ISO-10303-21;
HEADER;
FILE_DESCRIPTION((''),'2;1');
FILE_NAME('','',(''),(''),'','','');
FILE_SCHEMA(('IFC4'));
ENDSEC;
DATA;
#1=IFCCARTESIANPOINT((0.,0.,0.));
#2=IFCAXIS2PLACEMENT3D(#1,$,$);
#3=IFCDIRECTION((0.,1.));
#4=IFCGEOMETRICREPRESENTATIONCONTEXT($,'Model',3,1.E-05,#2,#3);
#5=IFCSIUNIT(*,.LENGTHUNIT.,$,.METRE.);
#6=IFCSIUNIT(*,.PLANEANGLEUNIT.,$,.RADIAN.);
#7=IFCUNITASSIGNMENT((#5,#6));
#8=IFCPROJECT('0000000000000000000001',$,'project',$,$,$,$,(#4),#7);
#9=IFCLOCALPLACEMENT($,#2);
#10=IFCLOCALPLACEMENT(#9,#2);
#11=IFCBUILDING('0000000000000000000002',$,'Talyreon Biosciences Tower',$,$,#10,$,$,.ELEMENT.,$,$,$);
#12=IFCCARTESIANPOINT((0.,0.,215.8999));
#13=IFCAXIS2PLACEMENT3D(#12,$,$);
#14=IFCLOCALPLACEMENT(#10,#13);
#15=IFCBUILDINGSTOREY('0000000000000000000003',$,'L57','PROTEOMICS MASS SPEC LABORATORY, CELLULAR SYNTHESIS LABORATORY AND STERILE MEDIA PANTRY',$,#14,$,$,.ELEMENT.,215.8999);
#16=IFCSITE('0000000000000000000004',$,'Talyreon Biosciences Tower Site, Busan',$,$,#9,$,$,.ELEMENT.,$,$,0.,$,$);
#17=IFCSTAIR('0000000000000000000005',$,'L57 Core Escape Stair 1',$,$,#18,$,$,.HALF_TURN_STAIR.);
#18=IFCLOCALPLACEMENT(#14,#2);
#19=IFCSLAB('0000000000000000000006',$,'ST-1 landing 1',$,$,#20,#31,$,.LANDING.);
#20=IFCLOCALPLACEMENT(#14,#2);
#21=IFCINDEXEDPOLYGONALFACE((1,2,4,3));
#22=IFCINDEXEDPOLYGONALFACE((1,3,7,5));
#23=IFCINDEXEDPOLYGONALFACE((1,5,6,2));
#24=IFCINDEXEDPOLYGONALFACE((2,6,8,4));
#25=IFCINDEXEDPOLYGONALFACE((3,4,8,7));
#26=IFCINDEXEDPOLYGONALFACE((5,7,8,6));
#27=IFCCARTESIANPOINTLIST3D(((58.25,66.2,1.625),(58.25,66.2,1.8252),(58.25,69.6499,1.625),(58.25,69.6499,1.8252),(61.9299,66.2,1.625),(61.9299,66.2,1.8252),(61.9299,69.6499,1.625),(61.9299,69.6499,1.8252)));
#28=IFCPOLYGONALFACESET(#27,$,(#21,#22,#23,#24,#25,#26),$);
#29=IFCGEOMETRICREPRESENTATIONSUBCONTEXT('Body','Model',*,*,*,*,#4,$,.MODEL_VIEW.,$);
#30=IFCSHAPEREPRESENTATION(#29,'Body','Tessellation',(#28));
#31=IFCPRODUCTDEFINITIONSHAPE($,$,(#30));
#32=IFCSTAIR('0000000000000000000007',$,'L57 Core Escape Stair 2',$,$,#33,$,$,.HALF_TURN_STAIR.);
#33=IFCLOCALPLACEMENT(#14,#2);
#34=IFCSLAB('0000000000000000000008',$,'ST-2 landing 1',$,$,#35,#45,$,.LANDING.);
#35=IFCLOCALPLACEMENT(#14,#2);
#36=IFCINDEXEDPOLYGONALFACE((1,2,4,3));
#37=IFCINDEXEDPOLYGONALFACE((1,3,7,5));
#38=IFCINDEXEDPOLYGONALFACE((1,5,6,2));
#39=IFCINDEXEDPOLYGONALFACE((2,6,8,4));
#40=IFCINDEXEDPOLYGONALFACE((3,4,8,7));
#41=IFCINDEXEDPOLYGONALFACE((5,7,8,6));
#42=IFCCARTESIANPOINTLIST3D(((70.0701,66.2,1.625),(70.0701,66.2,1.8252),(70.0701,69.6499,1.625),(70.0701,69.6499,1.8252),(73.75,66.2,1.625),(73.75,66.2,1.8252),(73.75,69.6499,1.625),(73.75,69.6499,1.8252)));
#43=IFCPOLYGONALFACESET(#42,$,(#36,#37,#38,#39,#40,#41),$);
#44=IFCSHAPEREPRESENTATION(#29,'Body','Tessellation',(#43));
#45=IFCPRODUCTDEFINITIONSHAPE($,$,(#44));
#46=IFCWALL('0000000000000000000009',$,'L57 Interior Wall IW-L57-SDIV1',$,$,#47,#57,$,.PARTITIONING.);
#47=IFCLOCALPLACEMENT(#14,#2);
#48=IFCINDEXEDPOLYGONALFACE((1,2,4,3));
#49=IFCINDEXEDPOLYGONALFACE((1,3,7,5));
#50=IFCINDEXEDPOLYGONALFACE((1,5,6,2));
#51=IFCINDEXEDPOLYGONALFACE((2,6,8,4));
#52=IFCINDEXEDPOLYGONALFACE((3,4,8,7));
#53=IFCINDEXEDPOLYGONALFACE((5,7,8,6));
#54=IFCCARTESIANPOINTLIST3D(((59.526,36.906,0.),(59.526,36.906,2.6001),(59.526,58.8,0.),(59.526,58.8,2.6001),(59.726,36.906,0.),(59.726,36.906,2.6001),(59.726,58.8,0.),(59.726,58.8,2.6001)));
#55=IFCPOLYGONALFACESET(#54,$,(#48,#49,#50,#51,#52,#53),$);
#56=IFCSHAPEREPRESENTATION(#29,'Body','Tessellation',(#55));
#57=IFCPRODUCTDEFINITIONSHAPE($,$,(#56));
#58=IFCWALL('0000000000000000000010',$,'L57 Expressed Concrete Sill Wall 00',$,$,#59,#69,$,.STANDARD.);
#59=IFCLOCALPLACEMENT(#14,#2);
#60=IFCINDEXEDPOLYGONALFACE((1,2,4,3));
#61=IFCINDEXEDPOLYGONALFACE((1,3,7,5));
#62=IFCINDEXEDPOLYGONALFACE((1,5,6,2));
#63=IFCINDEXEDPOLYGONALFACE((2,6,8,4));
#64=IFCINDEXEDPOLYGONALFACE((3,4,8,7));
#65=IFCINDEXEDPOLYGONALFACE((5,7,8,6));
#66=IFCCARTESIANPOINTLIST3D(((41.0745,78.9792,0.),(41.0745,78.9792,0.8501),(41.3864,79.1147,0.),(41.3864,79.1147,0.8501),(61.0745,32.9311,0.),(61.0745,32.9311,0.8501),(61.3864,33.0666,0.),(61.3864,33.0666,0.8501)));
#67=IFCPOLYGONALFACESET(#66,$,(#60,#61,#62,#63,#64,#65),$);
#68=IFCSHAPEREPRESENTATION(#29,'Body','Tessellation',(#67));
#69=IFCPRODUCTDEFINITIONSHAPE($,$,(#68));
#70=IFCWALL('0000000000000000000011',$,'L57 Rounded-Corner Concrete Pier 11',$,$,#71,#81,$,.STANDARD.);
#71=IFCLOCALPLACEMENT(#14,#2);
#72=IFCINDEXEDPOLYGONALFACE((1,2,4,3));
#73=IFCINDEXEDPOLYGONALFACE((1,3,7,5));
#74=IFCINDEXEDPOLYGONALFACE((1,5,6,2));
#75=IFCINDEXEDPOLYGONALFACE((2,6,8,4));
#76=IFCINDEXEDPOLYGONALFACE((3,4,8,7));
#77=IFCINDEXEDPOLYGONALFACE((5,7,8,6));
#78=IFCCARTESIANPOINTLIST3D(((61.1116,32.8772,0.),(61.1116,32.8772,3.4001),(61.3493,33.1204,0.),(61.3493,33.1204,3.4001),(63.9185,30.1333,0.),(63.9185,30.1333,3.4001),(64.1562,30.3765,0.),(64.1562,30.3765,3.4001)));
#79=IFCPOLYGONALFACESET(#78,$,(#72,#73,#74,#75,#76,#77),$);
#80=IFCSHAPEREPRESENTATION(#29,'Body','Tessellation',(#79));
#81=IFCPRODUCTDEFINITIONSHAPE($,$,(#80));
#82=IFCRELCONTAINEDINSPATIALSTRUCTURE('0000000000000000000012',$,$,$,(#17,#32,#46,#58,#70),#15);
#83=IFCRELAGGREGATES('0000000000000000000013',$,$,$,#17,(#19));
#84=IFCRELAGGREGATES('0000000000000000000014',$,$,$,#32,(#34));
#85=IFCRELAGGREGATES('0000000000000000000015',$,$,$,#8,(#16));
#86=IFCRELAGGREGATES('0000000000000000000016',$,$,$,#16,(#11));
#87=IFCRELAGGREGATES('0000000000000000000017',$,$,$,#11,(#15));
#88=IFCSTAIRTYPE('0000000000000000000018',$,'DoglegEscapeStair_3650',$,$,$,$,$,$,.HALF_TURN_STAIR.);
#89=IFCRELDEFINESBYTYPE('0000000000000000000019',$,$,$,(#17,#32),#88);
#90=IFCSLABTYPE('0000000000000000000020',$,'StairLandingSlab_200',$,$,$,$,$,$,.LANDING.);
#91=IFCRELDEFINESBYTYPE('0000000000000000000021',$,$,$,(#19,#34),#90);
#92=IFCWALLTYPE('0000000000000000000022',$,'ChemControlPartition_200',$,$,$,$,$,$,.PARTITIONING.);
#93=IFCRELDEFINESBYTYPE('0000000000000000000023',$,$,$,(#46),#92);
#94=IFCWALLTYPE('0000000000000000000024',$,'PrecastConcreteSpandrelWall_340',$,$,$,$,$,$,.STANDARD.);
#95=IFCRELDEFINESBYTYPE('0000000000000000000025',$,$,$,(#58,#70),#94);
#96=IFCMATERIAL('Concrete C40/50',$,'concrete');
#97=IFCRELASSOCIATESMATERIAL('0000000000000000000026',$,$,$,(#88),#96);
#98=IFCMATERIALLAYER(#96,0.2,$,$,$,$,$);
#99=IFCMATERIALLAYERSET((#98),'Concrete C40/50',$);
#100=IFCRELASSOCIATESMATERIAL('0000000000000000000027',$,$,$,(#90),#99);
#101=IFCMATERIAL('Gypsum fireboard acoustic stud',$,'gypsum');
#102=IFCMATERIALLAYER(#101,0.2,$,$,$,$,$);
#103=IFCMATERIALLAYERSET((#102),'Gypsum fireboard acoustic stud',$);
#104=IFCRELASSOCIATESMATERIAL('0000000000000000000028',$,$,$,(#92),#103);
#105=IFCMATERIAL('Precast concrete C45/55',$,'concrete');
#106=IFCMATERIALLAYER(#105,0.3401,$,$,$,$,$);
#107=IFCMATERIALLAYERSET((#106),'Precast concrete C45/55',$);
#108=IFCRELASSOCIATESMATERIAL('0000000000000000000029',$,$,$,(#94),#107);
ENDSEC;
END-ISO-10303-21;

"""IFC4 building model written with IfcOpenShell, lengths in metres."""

from ifc_helpers import new_model, si_unit, direction, frame, frame_2d, origin, place, context, subcontext, project, spatial, polyline, rectangle, outline, extrude, material, layer, layer_set, type_object, element, aggregate, save


model = new_model("IFC4")

# Units and contexts
model_context = context("Model", 3, precision=1e-05, world=origin(), true_north=direction((0.0, 1.0)))
body_context = subcontext(model_context, "Body", "Model", "MODEL_VIEW")
ifc_project = project(units=[si_unit("LENGTHUNIT", "METRE"), si_unit("PLANEANGLEUNIT", "RADIAN")], contexts=[model_context])

# Site, building, storey
site_placement = place(None, origin())
site = spatial("IfcSite", under=ifc_project, at=site_placement, Name="Talyreon Biosciences Tower Site, Busan", CompositionType="ELEMENT", RefElevation=0.0)
building_placement = place(site_placement, origin())
building = spatial("IfcBuilding", under=site, at=building_placement, Name="Talyreon Biosciences Tower", CompositionType="ELEMENT")
storey_placement = place(building_placement, frame((0.0, 0.0, 215.8999)))
storey = spatial("IfcBuildingStorey", under=building, at=storey_placement, Name="L57", Description="PROTEOMICS MASS SPEC LABORATORY, CELLULAR SYNTHESIS LABORATORY AND STERILE MEDIA PANTRY", CompositionType="ELEMENT", Elevation=215.8999)

# Shared definitions
ifc_material_1 = material(Name="Precast concrete C45/55", Category="concrete")

# Shared definitions
ifc_material_2 = material(Name="Concrete C40/50", Category="concrete")

# Stairs, slabs
stair_type = type_object("IfcStairType", Name="DoglegEscapeStair_3650", PredefinedType="HALF_TURN_STAIR", material=ifc_material_2)
stair_1_placement = place(storey_placement, origin())
stair_1 = element("IfcStair", 1, at=stair_1_placement, inside=storey, type_object=stair_type, Name="L57 Core Escape Stair 1", PredefinedType="HALF_TURN_STAIR")
ifc_layer_1 = layer(ifc_material_2, 0.2)
ifc_layer_set_1 = layer_set([ifc_layer_1], Name="Concrete C40/50")
slab_type_1 = type_object("IfcSlabType", Name="StairLandingSlab_200", PredefinedType="LANDING", material=ifc_layer_set_1)
slab_1_placement = place(storey_placement, frame((0.0, 0.0, 1.625)))
slab_1 = element("IfcSlab", 2, at=slab_1_placement, type_object=slab_type_1, Name="ST-1 landing 1", PredefinedType="LANDING", context=body_context, shape_type="SweptSolid", body=[
    extrude(outline(polyline([(61.9299, 66.2), (61.9299, 69.6499), (58.25, 69.6499), (58.25, 66.2), (61.9299, 66.2)])), origin(), (0.0, 0.0, 1.0), 0.2002),
])
aggregate(stair_1, [slab_1])
stair_2_placement = place(storey_placement, origin())
stair_2 = element("IfcStair", 3, at=stair_2_placement, inside=storey, type_object=stair_type, Name="L57 Core Escape Stair 2", PredefinedType="HALF_TURN_STAIR")
slab_2_placement = place(storey_placement, frame((0.0, 0.0, 1.625)))
slab_2 = element("IfcSlab", 4, at=slab_2_placement, type_object=slab_type_1, Name="ST-2 landing 1", PredefinedType="LANDING", context=body_context, shape_type="SweptSolid", body=[
    extrude(outline(polyline([(73.75, 66.2), (73.75, 69.6499), (70.0701, 69.6499), (70.0701, 66.2), (73.75, 66.2)])), origin(), (0.0, 0.0, 1.0), 0.2002),
])
aggregate(stair_2, [slab_2])

# Walls
ifc_material_3 = material(Name="Gypsum fireboard acoustic stud", Category="gypsum")
ifc_layer_2 = layer(ifc_material_3, 0.2)
ifc_layer_set_2 = layer_set([ifc_layer_2], Name="Gypsum fireboard acoustic stud")
wall_type_1 = type_object("IfcWallType", Name="ChemControlPartition_200", PredefinedType="PARTITIONING", material=ifc_layer_set_2)
wall_1_placement = place(storey_placement, frame((59.626, 36.906, 0.0), z_axis=(0.0, 0.0, 1.0), x_axis=(0.0, 1.0, 0.0)))
element("IfcWall", 5, at=wall_1_placement, inside=storey, type_object=wall_type_1, Name="L57 Interior Wall IW-L57-SDIV1", PredefinedType="PARTITIONING", context=body_context, shape_type="SweptSolid", body=[
    extrude(rectangle(XDim=21.894, YDim=0.2, at=frame_2d((10.947, 0.0))), origin(), (0.0, 0.0, 1.0), 2.6001),
])
ifc_layer_3 = layer(ifc_material_1, 0.3401)
ifc_layer_set_3 = layer_set([ifc_layer_3], Name="Precast concrete C45/55")
wall_type_2 = type_object("IfcWallType", Name="PrecastConcreteSpandrelWall_340", PredefinedType="STANDARD", material=ifc_layer_set_3)
wall_2_placement = place(storey_placement, frame((61.2305, 32.9988, 0.0), z_axis=(0.0, 0.0, 1.0), x_axis=(-0.398376, 0.917222, 0.0)))
element("IfcWall", 6, at=wall_2_placement, inside=storey, type_object=wall_type_2, Name="L57 Expressed Concrete Sill Wall 00", PredefinedType="STANDARD", context=body_context, shape_type="SweptSolid", body=[
    extrude(rectangle(XDim=50.2039, YDim=0.3401, at=frame_2d((25.1021, 0.0))), origin(), (0.0, 0.0, 1.0), 0.8501),
])
wall_3_placement = place(storey_placement, frame((64.0374, 30.2549, 0.0), z_axis=(0.0, 0.0, 1.0), x_axis=(-0.715085, 0.699038, 0.0)))
element("IfcWall", 7, at=wall_3_placement, inside=storey, type_object=wall_type_2, Name="L57 Rounded-Corner Concrete Pier 11", PredefinedType="STANDARD", context=body_context, shape_type="SweptSolid", body=[
    extrude(rectangle(XDim=3.9253, YDim=0.3401, at=frame_2d((1.9626, 0.0))), origin(), (0.0, 0.0, 1.0), 3.4001),
])

save(model, "model.ifc")
